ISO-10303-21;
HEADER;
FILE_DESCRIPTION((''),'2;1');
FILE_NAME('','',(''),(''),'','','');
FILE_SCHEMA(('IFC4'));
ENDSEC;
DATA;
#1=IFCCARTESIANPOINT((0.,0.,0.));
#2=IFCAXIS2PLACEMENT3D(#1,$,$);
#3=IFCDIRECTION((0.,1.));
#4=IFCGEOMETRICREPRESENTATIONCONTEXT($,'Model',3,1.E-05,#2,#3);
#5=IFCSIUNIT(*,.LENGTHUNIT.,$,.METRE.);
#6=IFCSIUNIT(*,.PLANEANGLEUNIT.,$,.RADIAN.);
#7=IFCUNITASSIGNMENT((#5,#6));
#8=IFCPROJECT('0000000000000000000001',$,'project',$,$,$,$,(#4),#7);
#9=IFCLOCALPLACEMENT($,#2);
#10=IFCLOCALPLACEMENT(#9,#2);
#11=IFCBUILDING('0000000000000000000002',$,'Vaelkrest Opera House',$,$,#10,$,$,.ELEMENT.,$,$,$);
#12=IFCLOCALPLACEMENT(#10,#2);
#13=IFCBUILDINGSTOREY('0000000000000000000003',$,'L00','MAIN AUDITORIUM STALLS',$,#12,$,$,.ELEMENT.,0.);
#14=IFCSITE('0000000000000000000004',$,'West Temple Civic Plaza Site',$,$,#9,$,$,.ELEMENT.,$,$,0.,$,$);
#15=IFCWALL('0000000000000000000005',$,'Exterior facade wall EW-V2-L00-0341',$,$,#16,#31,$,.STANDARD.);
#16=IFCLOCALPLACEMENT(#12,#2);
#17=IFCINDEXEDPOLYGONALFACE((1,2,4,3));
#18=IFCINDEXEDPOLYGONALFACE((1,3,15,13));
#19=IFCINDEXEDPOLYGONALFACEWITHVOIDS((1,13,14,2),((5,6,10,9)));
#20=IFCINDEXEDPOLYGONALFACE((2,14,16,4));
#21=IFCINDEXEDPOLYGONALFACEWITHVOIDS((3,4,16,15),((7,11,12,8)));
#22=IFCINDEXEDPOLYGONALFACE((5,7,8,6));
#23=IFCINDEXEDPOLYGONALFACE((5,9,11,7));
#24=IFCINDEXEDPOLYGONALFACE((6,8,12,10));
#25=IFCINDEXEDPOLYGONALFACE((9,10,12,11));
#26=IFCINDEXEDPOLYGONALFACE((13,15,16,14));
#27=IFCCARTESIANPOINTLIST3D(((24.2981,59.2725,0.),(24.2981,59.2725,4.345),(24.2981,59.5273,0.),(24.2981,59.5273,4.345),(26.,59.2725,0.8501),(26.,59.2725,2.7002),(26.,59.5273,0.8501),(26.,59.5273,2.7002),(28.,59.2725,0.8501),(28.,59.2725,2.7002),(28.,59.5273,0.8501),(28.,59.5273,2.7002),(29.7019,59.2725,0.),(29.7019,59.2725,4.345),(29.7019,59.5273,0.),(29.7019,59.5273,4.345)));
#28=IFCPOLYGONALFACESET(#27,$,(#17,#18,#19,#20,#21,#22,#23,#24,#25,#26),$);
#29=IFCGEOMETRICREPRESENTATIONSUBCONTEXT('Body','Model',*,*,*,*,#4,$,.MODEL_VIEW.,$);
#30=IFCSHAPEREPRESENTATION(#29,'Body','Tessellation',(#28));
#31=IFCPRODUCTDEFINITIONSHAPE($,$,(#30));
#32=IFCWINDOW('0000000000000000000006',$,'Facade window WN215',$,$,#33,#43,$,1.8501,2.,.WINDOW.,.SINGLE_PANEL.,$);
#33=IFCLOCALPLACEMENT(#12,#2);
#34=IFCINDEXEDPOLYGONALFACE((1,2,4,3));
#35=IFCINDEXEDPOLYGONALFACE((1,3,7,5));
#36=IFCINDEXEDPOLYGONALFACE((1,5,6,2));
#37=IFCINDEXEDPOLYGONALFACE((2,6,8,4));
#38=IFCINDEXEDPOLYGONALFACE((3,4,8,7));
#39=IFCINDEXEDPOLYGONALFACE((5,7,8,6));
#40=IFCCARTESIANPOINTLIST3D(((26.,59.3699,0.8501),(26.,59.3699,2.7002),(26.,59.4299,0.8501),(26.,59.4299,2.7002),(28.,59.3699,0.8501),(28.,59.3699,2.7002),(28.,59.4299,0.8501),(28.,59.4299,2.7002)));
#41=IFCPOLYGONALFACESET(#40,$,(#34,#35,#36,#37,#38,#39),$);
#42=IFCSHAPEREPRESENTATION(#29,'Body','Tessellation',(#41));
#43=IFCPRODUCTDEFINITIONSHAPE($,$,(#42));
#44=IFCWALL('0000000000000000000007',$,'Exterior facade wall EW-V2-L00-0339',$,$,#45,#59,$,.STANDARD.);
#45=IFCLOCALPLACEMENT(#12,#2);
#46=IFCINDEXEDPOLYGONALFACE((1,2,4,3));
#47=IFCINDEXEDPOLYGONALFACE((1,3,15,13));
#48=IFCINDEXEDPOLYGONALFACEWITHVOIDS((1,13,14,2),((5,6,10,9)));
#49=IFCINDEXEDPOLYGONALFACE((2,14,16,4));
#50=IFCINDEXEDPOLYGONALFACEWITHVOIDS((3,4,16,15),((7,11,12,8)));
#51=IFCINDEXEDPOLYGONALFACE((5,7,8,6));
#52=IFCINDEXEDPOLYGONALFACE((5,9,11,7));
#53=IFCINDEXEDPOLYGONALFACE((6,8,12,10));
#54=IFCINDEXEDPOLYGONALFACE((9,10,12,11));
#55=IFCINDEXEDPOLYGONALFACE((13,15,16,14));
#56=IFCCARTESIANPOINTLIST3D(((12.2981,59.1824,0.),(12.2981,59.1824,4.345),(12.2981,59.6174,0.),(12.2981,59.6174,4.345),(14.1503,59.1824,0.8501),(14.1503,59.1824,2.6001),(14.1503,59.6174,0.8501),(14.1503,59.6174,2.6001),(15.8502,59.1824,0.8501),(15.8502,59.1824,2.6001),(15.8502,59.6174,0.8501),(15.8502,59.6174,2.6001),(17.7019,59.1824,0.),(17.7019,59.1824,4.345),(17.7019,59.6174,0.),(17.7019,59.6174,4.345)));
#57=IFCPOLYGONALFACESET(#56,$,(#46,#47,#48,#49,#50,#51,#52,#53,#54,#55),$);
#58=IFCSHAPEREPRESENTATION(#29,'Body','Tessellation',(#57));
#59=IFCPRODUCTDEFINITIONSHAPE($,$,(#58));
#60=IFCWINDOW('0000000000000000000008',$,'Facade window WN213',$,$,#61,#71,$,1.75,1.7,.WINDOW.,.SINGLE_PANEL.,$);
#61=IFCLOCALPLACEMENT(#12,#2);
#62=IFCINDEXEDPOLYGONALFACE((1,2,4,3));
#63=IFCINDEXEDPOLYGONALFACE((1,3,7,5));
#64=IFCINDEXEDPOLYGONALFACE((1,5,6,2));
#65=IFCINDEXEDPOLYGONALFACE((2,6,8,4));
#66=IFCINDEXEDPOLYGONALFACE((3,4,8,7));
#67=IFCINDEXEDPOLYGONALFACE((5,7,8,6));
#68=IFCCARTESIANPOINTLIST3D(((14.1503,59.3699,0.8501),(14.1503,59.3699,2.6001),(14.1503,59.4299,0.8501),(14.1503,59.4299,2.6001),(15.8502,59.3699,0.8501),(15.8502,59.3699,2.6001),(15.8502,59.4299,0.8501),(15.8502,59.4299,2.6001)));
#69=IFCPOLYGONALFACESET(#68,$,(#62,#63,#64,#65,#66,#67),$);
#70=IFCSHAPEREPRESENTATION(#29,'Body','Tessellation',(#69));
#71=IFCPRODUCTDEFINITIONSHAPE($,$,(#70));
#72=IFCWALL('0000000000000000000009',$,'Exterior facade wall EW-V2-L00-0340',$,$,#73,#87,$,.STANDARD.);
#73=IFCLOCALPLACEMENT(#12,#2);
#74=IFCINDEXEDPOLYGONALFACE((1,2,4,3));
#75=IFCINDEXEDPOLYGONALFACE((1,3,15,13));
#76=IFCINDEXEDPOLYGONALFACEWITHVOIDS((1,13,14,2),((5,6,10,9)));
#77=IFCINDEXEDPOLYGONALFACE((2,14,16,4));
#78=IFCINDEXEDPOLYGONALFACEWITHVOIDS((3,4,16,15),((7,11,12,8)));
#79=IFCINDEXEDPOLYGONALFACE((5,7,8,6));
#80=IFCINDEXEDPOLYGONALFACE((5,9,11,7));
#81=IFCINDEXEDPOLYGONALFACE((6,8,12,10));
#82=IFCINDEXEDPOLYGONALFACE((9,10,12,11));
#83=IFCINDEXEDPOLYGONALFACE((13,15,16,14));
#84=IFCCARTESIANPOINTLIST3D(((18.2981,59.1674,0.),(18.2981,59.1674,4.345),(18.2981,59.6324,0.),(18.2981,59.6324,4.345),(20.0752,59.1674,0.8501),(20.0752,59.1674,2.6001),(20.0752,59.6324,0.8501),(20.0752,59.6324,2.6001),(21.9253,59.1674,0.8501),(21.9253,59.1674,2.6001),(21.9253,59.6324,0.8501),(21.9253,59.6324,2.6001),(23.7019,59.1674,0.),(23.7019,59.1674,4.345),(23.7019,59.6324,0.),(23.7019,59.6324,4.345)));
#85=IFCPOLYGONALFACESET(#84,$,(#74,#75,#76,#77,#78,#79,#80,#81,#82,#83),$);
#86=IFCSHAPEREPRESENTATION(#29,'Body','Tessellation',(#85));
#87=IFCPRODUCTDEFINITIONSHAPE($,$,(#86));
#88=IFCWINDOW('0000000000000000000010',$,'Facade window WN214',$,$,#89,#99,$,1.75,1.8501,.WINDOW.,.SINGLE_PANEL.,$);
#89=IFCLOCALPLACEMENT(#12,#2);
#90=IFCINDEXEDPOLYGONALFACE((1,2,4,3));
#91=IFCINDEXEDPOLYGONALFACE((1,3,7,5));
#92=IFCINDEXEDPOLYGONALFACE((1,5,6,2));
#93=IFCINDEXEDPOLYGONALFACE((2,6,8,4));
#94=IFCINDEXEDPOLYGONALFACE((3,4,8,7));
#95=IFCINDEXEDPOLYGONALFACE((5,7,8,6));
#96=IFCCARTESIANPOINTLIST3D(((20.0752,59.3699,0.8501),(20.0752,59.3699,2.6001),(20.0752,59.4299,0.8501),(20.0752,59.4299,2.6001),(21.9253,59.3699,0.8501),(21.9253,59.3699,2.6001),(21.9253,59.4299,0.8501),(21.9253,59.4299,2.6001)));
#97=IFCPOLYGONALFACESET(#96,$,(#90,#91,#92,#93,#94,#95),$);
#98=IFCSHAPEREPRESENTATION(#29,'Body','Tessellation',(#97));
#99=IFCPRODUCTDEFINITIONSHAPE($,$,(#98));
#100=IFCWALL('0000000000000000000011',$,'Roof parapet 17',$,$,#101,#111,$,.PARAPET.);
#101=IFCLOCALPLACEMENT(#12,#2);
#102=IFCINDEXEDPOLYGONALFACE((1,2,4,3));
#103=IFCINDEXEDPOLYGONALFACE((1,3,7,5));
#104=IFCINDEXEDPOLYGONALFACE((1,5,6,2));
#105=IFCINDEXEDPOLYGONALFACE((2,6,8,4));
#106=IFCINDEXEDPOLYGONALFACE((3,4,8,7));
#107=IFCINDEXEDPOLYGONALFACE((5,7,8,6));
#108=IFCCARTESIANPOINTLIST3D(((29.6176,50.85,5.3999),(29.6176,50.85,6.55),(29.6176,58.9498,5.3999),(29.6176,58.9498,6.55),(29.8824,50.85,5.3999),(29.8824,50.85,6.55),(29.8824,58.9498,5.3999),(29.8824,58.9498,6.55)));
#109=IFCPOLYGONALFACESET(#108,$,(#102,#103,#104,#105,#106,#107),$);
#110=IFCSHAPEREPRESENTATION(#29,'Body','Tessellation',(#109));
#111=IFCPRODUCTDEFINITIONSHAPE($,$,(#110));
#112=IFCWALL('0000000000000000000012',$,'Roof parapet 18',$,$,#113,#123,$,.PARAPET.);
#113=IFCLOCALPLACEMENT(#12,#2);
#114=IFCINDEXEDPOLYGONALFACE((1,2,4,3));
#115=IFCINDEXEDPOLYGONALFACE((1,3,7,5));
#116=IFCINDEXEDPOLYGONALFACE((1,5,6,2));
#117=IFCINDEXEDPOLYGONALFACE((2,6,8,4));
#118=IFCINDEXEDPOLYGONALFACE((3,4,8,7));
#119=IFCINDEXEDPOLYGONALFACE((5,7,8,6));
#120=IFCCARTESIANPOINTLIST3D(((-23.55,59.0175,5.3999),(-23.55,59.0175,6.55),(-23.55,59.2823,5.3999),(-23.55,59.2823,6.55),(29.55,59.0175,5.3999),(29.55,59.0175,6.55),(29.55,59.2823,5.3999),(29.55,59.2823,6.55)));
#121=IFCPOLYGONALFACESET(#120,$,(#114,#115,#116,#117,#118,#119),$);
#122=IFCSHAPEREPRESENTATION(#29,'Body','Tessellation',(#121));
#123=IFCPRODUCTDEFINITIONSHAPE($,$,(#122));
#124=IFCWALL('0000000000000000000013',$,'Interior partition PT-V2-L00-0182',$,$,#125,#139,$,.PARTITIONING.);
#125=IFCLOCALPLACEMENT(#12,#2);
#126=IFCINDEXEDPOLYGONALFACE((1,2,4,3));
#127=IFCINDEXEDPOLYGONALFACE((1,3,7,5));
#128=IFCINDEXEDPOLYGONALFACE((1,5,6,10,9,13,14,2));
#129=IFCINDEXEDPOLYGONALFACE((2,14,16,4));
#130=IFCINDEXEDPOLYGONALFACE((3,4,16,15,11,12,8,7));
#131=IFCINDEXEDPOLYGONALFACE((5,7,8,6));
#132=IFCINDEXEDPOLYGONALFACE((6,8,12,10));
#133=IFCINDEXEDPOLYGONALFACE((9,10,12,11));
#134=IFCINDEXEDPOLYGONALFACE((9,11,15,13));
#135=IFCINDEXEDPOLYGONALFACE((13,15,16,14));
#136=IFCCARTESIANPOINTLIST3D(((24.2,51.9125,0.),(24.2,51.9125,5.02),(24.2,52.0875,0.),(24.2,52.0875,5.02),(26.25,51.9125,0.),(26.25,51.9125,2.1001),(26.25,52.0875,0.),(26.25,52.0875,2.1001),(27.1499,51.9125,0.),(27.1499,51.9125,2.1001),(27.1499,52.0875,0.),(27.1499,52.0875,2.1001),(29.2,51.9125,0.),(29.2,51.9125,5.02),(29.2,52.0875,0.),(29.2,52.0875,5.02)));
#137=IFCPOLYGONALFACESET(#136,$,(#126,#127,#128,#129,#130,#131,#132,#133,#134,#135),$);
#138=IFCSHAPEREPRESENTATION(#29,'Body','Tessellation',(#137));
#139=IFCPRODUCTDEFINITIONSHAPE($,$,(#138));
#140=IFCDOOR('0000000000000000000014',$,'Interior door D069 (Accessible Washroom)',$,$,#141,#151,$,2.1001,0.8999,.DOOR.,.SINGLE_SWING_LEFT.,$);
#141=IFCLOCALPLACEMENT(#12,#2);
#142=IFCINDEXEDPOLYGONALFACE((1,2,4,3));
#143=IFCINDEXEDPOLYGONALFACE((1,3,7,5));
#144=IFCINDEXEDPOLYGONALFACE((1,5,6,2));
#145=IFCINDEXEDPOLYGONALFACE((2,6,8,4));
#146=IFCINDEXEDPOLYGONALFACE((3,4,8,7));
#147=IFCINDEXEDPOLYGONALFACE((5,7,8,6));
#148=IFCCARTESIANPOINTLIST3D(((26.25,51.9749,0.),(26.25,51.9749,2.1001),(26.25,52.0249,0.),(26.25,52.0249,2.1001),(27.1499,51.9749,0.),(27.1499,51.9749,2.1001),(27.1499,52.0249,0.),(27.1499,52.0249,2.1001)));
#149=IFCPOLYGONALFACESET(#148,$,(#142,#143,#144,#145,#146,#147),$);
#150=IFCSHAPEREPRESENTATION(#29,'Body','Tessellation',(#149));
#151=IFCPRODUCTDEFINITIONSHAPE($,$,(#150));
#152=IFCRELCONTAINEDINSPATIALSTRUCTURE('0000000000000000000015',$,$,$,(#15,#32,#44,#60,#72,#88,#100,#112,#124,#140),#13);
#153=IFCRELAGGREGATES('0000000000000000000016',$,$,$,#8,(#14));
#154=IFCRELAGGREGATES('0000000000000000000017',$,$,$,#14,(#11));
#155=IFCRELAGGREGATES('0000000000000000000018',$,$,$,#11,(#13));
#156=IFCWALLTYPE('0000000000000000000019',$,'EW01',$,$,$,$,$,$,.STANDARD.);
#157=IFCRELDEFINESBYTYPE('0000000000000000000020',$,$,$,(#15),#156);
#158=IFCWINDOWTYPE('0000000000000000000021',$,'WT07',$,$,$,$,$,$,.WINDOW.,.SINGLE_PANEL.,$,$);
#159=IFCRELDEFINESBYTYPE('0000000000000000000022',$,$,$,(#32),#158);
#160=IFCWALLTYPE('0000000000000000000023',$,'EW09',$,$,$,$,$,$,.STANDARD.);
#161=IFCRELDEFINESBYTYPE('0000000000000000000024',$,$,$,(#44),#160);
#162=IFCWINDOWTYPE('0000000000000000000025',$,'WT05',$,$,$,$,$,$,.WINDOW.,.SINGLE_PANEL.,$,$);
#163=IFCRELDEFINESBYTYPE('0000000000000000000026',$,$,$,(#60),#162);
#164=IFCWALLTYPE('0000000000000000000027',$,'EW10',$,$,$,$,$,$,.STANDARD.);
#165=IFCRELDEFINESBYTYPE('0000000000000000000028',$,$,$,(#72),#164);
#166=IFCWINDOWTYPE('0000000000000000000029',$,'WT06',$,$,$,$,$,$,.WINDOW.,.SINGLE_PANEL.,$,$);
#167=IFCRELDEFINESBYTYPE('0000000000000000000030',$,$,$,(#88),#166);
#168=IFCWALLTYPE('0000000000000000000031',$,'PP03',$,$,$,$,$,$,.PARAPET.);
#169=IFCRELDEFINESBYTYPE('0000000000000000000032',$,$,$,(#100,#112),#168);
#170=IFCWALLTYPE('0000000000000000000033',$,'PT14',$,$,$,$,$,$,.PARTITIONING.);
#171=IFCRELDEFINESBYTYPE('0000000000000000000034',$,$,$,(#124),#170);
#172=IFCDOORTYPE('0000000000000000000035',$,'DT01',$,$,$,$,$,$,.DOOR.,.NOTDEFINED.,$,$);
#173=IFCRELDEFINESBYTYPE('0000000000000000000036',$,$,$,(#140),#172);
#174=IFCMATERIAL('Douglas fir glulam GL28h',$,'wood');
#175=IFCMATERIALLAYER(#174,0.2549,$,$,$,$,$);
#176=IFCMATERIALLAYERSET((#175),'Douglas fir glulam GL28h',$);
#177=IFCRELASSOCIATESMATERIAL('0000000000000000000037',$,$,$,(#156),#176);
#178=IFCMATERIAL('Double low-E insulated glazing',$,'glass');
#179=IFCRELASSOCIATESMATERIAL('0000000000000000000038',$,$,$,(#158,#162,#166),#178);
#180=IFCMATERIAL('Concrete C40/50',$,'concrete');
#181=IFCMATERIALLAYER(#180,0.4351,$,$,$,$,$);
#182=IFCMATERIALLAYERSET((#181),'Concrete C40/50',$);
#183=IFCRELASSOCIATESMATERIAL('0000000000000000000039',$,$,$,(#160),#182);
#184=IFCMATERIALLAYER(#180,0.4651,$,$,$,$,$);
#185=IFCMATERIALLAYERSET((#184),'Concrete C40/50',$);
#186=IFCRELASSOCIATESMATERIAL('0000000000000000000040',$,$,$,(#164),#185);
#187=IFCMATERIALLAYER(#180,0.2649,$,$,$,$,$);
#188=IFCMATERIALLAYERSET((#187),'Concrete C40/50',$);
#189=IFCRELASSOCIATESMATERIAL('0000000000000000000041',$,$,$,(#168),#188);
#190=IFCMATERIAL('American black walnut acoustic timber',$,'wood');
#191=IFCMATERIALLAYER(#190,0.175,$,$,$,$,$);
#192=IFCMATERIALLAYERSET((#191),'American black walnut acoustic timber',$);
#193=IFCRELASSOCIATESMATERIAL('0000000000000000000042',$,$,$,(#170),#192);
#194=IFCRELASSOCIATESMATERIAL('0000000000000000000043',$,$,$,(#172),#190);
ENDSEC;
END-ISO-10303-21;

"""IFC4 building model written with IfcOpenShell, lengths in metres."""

from ifc_helpers import new_model, si_unit, direction, frame, frame_2d, origin, place, context, subcontext, project, spatial, rectangle, extrude, material, layer, layer_set, type_object, element, fill, save


model = new_model("IFC4")

# Units and contexts
model_context = context("Model", 3, precision=1e-05, world=origin(), true_north=direction((0.0, 1.0)))
body_context = subcontext(model_context, "Body", "Model", "MODEL_VIEW")
ifc_project = project(units=[si_unit("LENGTHUNIT", "METRE"), si_unit("PLANEANGLEUNIT", "RADIAN")], contexts=[model_context])

# Site, building, storey
site_placement = place(None, origin())
site = spatial("IfcSite", under=ifc_project, at=site_placement, Name="West Temple Civic Plaza Site", CompositionType="ELEMENT", RefElevation=0.0)
building_placement = place(site_placement, origin())
building = spatial("IfcBuilding", under=site, at=building_placement, Name="Vaelkrest Opera House", CompositionType="ELEMENT")
storey_placement = place(building_placement, origin())
storey = spatial("IfcBuildingStorey", under=building, at=storey_placement, Name="L00", Description="MAIN AUDITORIUM STALLS", CompositionType="ELEMENT", Elevation=0.0)

# Walls, openings, windows
ifc_material_1 = material(Name="Douglas fir glulam GL28h", Category="wood")
ifc_layer_1 = layer(ifc_material_1, 0.2549)
ifc_layer_set_1 = layer_set([ifc_layer_1], Name="Douglas fir glulam GL28h")
wall_type_1 = type_object("IfcWallType", Name="EW01", PredefinedType="STANDARD", material=ifc_layer_set_1)
wall_1_placement = place(storey_placement, frame((24.2981, 59.3999, 0.0), z_axis=(0.0, 0.0, 1.0), x_axis=(1.0, 0.0, 0.0)))
wall_1 = element("IfcWall", 1, at=wall_1_placement, inside=storey, type_object=wall_type_1, Name="Exterior facade wall EW-V2-L00-0341", PredefinedType="STANDARD", context=body_context, shape_type="SweptSolid", body=[
    extrude(rectangle(XDim=5.4038, YDim=0.2549, at=frame_2d((2.7019, 0.0))), origin(), (0.0, 0.0, 1.0), 4.345),
])
opening_1_placement = place(wall_1_placement, frame((1.7019, 0.0, 0.8501)))
opening_1 = element("IfcOpeningElement", 2, at=opening_1_placement, cuts=wall_1, PredefinedType="OPENING", context=body_context, shape_type="SweptSolid", body=[
    extrude(rectangle(XDim=2.0, YDim=1.8501, at=frame_2d((1.0, 0.925))), frame((0.0, 0.1375, 0.0), z_axis=(0.0, -1.0, 0.0), x_axis=(1.0, 0.0, 0.0)), (0.0, 0.0, 1.0), 0.2749),
])
ifc_material_2 = material(Name="Double low-E insulated glazing", Category="glass")
window_type_1 = type_object("IfcWindowType", Name="WT07", PartitioningType="SINGLE_PANEL", PredefinedType="WINDOW", material=ifc_material_2)
window_1_placement = place(opening_1_placement, origin())
window_1 = element("IfcWindow", 3, at=window_1_placement, inside=storey, type_object=window_type_1, Name="Facade window WN215", OverallHeight=1.8501, OverallWidth=2.0, PartitioningType="SINGLE_PANEL", PredefinedType="WINDOW", context=body_context, shape_type="SweptSolid", body=[
    extrude(rectangle(XDim=2.0, YDim=1.8501, at=frame_2d((1.0, 0.925))), frame((0.0, 0.03, 0.0), z_axis=(0.0, -1.0, 0.0), x_axis=(1.0, 0.0, 0.0)), (0.0, 0.0, 1.0), 0.0601),
])
fill(opening_1, window_1)
ifc_material_3 = material(Name="Concrete C40/50", Category="concrete")
ifc_layer_2 = layer(ifc_material_3, 0.4351)
ifc_layer_set_2 = layer_set([ifc_layer_2], Name="Concrete C40/50")
wall_type_2 = type_object("IfcWallType", Name="EW09", PredefinedType="STANDARD", material=ifc_layer_set_2)
wall_2_placement = place(storey_placement, frame((12.2981, 59.3999, 0.0), z_axis=(0.0, 0.0, 1.0), x_axis=(1.0, 0.0, 0.0)))
wall_2 = element("IfcWall", 4, at=wall_2_placement, inside=storey, type_object=wall_type_2, Name="Exterior facade wall EW-V2-L00-0339", PredefinedType="STANDARD", context=body_context, shape_type="SweptSolid", body=[
    extrude(rectangle(XDim=5.4038, YDim=0.4351, at=frame_2d((2.7019, 0.0))), origin(), (0.0, 0.0, 1.0), 4.345),
])
opening_2_placement = place(wall_2_placement, frame((1.8521, 0.0, 0.8501)))
opening_2 = element("IfcOpeningElement", 5, at=opening_2_placement, cuts=wall_2, PredefinedType="OPENING", context=body_context, shape_type="SweptSolid", body=[
    extrude(rectangle(XDim=1.7, YDim=1.75, at=frame_2d((0.8501, 0.875))), frame((0.0, 0.2275, 0.0), z_axis=(0.0, -1.0, 0.0), x_axis=(1.0, 0.0, 0.0)), (0.0, 0.0, 1.0), 0.4551),
])
window_type_2 = type_object("IfcWindowType", Name="WT05", PartitioningType="SINGLE_PANEL", PredefinedType="WINDOW", material=ifc_material_2)
window_2_placement = place(opening_2_placement, origin())
window_2 = element("IfcWindow", 6, at=window_2_placement, inside=storey, type_object=window_type_2, Name="Facade window WN213", OverallHeight=1.75, OverallWidth=1.7, PartitioningType="SINGLE_PANEL", PredefinedType="WINDOW", context=body_context, shape_type="SweptSolid", body=[
    extrude(rectangle(XDim=1.7, YDim=1.75, at=frame_2d((0.8501, 0.875))), frame((0.0, 0.03, 0.0), z_axis=(0.0, -1.0, 0.0), x_axis=(1.0, 0.0, 0.0)), (0.0, 0.0, 1.0), 0.0601),
])
fill(opening_2, window_2)
ifc_layer_3 = layer(ifc_material_3, 0.4651)
ifc_layer_set_3 = layer_set([ifc_layer_3], Name="Concrete C40/50")
wall_type_3 = type_object("IfcWallType", Name="EW10", PredefinedType="STANDARD", material=ifc_layer_set_3)
wall_3_placement = place(storey_placement, frame((18.2981, 59.3999, 0.0), z_axis=(0.0, 0.0, 1.0), x_axis=(1.0, 0.0, 0.0)))
wall_3 = element("IfcWall", 7, at=wall_3_placement, inside=storey, type_object=wall_type_3, Name="Exterior facade wall EW-V2-L00-0340", PredefinedType="STANDARD", context=body_context, shape_type="SweptSolid", body=[
    extrude(rectangle(XDim=5.4038, YDim=0.4651, at=frame_2d((2.7019, 0.0))), origin(), (0.0, 0.0, 1.0), 4.345),
])
opening_3_placement = place(wall_3_placement, frame((1.7771, 0.0, 0.8501)))
opening_3 = element("IfcOpeningElement", 8, at=opening_3_placement, cuts=wall_3, PredefinedType="OPENING", context=body_context, shape_type="SweptSolid", body=[
    extrude(rectangle(XDim=1.8501, YDim=1.75, at=frame_2d((0.925, 0.875))), frame((0.0, 0.2424, 0.0), z_axis=(0.0, -1.0, 0.0), x_axis=(1.0, 0.0, 0.0)), (0.0, 0.0, 1.0), 0.4851),
])
window_type_3 = type_object("IfcWindowType", Name="WT06", PartitioningType="SINGLE_PANEL", PredefinedType="WINDOW", material=ifc_material_2)
window_3_placement = place(opening_3_placement, origin())
window_3 = element("IfcWindow", 9, at=window_3_placement, inside=storey, type_object=window_type_3, Name="Facade window WN214", OverallHeight=1.75, OverallWidth=1.8501, PartitioningType="SINGLE_PANEL", PredefinedType="WINDOW", context=body_context, shape_type="SweptSolid", body=[
    extrude(rectangle(XDim=1.8501, YDim=1.75, at=frame_2d((0.925, 0.875))), frame((0.0, 0.03, 0.0), z_axis=(0.0, -1.0, 0.0), x_axis=(1.0, 0.0, 0.0)), (0.0, 0.0, 1.0), 0.0601),
])
fill(opening_3, window_3)

# Walls
ifc_layer_4 = layer(ifc_material_3, 0.2649)
ifc_layer_set_4 = layer_set([ifc_layer_4], Name="Concrete C40/50")
wall_type_4 = type_object("IfcWallType", Name="PP03", PredefinedType="PARAPET", material=ifc_layer_set_4)
wall_4_placement = place(storey_placement, frame((29.75, 50.8501, 5.3999), z_axis=(0.0, 0.0, 1.0), x_axis=(0.0, 1.0, 0.0)))
element("IfcWall", 10, at=wall_4_placement, inside=storey, type_object=wall_type_4, Name="Roof parapet 17", PredefinedType="PARAPET", context=body_context, shape_type="SweptSolid", body=[
    extrude(rectangle(XDim=8.0999, YDim=0.2649, at=frame_2d((4.0498, 0.0))), origin(), (0.0, 0.0, 1.0), 1.1501),
])
wall_5_placement = place(storey_placement, frame((29.55, 59.1499, 5.3999), z_axis=(0.0, 0.0, 1.0), x_axis=(-1.0, 0.0, 0.0)))
element("IfcWall", 11, at=wall_5_placement, inside=storey, type_object=wall_type_4, Name="Roof parapet 18", PredefinedType="PARAPET", context=body_context, shape_type="SweptSolid", body=[
    extrude(rectangle(XDim=53.1001, YDim=0.2649, at=frame_2d((26.55, 0.0))), origin(), (0.0, 0.0, 1.0), 1.1501),
])

# Wall, opening, door
ifc_material_4 = material(Name="American black walnut acoustic timber", Category="wood")
ifc_layer_5 = layer(ifc_material_4, 0.175)
ifc_layer_set_5 = layer_set([ifc_layer_5], Name="American black walnut acoustic timber")
wall_type_5 = type_object("IfcWallType", Name="PT14", PredefinedType="PARTITIONING", material=ifc_layer_set_5)
wall_6_placement = place(storey_placement, frame((24.2, 52.0, 0.0), z_axis=(0.0, 0.0, 1.0), x_axis=(1.0, 0.0, 0.0)))
wall_6 = element("IfcWall", 12, at=wall_6_placement, inside=storey, type_object=wall_type_5, Name="Interior partition PT-V2-L00-0182", PredefinedType="PARTITIONING", context=body_context, shape_type="SweptSolid", body=[
    extrude(rectangle(XDim=5.0, YDim=0.175, at=frame_2d((2.5, 0.0))), origin(), (0.0, 0.0, 1.0), 5.02),
])
opening_4_placement = place(wall_6_placement, frame((2.05, 0.0, 0.0)))
opening_4 = element("IfcOpeningElement", 13, at=opening_4_placement, cuts=wall_6, PredefinedType="OPENING", context=body_context, shape_type="SweptSolid", body=[
    extrude(rectangle(XDim=0.8999, YDim=2.1001, at=frame_2d((0.45, 1.05))), frame((0.0, 0.0974, 0.0), z_axis=(0.0, -1.0, 0.0), x_axis=(1.0, 0.0, 0.0)), (0.0, 0.0, 1.0), 0.1951),
])
door_type = type_object("IfcDoorType", Name="DT01", OperationType="NOTDEFINED", PredefinedType="DOOR", material=ifc_material_4)
door_placement = place(opening_4_placement, origin())
door = element("IfcDoor", 14, at=door_placement, inside=storey, type_object=door_type, Name="Interior door D069 (Accessible Washroom)", OperationType="SINGLE_SWING_LEFT", OverallHeight=2.1001, OverallWidth=0.8999, PredefinedType="DOOR", context=body_context, shape_type="SweptSolid", body=[
    extrude(rectangle(XDim=0.8999, YDim=2.1001, at=frame_2d((0.45, 1.05))), frame((0.0, 0.0249, 0.0), z_axis=(0.0, -1.0, 0.0), x_axis=(1.0, 0.0, 0.0)), (0.0, 0.0, 1.0), 0.05),
])
fill(opening_4, door)

save(model, "model.ifc")
